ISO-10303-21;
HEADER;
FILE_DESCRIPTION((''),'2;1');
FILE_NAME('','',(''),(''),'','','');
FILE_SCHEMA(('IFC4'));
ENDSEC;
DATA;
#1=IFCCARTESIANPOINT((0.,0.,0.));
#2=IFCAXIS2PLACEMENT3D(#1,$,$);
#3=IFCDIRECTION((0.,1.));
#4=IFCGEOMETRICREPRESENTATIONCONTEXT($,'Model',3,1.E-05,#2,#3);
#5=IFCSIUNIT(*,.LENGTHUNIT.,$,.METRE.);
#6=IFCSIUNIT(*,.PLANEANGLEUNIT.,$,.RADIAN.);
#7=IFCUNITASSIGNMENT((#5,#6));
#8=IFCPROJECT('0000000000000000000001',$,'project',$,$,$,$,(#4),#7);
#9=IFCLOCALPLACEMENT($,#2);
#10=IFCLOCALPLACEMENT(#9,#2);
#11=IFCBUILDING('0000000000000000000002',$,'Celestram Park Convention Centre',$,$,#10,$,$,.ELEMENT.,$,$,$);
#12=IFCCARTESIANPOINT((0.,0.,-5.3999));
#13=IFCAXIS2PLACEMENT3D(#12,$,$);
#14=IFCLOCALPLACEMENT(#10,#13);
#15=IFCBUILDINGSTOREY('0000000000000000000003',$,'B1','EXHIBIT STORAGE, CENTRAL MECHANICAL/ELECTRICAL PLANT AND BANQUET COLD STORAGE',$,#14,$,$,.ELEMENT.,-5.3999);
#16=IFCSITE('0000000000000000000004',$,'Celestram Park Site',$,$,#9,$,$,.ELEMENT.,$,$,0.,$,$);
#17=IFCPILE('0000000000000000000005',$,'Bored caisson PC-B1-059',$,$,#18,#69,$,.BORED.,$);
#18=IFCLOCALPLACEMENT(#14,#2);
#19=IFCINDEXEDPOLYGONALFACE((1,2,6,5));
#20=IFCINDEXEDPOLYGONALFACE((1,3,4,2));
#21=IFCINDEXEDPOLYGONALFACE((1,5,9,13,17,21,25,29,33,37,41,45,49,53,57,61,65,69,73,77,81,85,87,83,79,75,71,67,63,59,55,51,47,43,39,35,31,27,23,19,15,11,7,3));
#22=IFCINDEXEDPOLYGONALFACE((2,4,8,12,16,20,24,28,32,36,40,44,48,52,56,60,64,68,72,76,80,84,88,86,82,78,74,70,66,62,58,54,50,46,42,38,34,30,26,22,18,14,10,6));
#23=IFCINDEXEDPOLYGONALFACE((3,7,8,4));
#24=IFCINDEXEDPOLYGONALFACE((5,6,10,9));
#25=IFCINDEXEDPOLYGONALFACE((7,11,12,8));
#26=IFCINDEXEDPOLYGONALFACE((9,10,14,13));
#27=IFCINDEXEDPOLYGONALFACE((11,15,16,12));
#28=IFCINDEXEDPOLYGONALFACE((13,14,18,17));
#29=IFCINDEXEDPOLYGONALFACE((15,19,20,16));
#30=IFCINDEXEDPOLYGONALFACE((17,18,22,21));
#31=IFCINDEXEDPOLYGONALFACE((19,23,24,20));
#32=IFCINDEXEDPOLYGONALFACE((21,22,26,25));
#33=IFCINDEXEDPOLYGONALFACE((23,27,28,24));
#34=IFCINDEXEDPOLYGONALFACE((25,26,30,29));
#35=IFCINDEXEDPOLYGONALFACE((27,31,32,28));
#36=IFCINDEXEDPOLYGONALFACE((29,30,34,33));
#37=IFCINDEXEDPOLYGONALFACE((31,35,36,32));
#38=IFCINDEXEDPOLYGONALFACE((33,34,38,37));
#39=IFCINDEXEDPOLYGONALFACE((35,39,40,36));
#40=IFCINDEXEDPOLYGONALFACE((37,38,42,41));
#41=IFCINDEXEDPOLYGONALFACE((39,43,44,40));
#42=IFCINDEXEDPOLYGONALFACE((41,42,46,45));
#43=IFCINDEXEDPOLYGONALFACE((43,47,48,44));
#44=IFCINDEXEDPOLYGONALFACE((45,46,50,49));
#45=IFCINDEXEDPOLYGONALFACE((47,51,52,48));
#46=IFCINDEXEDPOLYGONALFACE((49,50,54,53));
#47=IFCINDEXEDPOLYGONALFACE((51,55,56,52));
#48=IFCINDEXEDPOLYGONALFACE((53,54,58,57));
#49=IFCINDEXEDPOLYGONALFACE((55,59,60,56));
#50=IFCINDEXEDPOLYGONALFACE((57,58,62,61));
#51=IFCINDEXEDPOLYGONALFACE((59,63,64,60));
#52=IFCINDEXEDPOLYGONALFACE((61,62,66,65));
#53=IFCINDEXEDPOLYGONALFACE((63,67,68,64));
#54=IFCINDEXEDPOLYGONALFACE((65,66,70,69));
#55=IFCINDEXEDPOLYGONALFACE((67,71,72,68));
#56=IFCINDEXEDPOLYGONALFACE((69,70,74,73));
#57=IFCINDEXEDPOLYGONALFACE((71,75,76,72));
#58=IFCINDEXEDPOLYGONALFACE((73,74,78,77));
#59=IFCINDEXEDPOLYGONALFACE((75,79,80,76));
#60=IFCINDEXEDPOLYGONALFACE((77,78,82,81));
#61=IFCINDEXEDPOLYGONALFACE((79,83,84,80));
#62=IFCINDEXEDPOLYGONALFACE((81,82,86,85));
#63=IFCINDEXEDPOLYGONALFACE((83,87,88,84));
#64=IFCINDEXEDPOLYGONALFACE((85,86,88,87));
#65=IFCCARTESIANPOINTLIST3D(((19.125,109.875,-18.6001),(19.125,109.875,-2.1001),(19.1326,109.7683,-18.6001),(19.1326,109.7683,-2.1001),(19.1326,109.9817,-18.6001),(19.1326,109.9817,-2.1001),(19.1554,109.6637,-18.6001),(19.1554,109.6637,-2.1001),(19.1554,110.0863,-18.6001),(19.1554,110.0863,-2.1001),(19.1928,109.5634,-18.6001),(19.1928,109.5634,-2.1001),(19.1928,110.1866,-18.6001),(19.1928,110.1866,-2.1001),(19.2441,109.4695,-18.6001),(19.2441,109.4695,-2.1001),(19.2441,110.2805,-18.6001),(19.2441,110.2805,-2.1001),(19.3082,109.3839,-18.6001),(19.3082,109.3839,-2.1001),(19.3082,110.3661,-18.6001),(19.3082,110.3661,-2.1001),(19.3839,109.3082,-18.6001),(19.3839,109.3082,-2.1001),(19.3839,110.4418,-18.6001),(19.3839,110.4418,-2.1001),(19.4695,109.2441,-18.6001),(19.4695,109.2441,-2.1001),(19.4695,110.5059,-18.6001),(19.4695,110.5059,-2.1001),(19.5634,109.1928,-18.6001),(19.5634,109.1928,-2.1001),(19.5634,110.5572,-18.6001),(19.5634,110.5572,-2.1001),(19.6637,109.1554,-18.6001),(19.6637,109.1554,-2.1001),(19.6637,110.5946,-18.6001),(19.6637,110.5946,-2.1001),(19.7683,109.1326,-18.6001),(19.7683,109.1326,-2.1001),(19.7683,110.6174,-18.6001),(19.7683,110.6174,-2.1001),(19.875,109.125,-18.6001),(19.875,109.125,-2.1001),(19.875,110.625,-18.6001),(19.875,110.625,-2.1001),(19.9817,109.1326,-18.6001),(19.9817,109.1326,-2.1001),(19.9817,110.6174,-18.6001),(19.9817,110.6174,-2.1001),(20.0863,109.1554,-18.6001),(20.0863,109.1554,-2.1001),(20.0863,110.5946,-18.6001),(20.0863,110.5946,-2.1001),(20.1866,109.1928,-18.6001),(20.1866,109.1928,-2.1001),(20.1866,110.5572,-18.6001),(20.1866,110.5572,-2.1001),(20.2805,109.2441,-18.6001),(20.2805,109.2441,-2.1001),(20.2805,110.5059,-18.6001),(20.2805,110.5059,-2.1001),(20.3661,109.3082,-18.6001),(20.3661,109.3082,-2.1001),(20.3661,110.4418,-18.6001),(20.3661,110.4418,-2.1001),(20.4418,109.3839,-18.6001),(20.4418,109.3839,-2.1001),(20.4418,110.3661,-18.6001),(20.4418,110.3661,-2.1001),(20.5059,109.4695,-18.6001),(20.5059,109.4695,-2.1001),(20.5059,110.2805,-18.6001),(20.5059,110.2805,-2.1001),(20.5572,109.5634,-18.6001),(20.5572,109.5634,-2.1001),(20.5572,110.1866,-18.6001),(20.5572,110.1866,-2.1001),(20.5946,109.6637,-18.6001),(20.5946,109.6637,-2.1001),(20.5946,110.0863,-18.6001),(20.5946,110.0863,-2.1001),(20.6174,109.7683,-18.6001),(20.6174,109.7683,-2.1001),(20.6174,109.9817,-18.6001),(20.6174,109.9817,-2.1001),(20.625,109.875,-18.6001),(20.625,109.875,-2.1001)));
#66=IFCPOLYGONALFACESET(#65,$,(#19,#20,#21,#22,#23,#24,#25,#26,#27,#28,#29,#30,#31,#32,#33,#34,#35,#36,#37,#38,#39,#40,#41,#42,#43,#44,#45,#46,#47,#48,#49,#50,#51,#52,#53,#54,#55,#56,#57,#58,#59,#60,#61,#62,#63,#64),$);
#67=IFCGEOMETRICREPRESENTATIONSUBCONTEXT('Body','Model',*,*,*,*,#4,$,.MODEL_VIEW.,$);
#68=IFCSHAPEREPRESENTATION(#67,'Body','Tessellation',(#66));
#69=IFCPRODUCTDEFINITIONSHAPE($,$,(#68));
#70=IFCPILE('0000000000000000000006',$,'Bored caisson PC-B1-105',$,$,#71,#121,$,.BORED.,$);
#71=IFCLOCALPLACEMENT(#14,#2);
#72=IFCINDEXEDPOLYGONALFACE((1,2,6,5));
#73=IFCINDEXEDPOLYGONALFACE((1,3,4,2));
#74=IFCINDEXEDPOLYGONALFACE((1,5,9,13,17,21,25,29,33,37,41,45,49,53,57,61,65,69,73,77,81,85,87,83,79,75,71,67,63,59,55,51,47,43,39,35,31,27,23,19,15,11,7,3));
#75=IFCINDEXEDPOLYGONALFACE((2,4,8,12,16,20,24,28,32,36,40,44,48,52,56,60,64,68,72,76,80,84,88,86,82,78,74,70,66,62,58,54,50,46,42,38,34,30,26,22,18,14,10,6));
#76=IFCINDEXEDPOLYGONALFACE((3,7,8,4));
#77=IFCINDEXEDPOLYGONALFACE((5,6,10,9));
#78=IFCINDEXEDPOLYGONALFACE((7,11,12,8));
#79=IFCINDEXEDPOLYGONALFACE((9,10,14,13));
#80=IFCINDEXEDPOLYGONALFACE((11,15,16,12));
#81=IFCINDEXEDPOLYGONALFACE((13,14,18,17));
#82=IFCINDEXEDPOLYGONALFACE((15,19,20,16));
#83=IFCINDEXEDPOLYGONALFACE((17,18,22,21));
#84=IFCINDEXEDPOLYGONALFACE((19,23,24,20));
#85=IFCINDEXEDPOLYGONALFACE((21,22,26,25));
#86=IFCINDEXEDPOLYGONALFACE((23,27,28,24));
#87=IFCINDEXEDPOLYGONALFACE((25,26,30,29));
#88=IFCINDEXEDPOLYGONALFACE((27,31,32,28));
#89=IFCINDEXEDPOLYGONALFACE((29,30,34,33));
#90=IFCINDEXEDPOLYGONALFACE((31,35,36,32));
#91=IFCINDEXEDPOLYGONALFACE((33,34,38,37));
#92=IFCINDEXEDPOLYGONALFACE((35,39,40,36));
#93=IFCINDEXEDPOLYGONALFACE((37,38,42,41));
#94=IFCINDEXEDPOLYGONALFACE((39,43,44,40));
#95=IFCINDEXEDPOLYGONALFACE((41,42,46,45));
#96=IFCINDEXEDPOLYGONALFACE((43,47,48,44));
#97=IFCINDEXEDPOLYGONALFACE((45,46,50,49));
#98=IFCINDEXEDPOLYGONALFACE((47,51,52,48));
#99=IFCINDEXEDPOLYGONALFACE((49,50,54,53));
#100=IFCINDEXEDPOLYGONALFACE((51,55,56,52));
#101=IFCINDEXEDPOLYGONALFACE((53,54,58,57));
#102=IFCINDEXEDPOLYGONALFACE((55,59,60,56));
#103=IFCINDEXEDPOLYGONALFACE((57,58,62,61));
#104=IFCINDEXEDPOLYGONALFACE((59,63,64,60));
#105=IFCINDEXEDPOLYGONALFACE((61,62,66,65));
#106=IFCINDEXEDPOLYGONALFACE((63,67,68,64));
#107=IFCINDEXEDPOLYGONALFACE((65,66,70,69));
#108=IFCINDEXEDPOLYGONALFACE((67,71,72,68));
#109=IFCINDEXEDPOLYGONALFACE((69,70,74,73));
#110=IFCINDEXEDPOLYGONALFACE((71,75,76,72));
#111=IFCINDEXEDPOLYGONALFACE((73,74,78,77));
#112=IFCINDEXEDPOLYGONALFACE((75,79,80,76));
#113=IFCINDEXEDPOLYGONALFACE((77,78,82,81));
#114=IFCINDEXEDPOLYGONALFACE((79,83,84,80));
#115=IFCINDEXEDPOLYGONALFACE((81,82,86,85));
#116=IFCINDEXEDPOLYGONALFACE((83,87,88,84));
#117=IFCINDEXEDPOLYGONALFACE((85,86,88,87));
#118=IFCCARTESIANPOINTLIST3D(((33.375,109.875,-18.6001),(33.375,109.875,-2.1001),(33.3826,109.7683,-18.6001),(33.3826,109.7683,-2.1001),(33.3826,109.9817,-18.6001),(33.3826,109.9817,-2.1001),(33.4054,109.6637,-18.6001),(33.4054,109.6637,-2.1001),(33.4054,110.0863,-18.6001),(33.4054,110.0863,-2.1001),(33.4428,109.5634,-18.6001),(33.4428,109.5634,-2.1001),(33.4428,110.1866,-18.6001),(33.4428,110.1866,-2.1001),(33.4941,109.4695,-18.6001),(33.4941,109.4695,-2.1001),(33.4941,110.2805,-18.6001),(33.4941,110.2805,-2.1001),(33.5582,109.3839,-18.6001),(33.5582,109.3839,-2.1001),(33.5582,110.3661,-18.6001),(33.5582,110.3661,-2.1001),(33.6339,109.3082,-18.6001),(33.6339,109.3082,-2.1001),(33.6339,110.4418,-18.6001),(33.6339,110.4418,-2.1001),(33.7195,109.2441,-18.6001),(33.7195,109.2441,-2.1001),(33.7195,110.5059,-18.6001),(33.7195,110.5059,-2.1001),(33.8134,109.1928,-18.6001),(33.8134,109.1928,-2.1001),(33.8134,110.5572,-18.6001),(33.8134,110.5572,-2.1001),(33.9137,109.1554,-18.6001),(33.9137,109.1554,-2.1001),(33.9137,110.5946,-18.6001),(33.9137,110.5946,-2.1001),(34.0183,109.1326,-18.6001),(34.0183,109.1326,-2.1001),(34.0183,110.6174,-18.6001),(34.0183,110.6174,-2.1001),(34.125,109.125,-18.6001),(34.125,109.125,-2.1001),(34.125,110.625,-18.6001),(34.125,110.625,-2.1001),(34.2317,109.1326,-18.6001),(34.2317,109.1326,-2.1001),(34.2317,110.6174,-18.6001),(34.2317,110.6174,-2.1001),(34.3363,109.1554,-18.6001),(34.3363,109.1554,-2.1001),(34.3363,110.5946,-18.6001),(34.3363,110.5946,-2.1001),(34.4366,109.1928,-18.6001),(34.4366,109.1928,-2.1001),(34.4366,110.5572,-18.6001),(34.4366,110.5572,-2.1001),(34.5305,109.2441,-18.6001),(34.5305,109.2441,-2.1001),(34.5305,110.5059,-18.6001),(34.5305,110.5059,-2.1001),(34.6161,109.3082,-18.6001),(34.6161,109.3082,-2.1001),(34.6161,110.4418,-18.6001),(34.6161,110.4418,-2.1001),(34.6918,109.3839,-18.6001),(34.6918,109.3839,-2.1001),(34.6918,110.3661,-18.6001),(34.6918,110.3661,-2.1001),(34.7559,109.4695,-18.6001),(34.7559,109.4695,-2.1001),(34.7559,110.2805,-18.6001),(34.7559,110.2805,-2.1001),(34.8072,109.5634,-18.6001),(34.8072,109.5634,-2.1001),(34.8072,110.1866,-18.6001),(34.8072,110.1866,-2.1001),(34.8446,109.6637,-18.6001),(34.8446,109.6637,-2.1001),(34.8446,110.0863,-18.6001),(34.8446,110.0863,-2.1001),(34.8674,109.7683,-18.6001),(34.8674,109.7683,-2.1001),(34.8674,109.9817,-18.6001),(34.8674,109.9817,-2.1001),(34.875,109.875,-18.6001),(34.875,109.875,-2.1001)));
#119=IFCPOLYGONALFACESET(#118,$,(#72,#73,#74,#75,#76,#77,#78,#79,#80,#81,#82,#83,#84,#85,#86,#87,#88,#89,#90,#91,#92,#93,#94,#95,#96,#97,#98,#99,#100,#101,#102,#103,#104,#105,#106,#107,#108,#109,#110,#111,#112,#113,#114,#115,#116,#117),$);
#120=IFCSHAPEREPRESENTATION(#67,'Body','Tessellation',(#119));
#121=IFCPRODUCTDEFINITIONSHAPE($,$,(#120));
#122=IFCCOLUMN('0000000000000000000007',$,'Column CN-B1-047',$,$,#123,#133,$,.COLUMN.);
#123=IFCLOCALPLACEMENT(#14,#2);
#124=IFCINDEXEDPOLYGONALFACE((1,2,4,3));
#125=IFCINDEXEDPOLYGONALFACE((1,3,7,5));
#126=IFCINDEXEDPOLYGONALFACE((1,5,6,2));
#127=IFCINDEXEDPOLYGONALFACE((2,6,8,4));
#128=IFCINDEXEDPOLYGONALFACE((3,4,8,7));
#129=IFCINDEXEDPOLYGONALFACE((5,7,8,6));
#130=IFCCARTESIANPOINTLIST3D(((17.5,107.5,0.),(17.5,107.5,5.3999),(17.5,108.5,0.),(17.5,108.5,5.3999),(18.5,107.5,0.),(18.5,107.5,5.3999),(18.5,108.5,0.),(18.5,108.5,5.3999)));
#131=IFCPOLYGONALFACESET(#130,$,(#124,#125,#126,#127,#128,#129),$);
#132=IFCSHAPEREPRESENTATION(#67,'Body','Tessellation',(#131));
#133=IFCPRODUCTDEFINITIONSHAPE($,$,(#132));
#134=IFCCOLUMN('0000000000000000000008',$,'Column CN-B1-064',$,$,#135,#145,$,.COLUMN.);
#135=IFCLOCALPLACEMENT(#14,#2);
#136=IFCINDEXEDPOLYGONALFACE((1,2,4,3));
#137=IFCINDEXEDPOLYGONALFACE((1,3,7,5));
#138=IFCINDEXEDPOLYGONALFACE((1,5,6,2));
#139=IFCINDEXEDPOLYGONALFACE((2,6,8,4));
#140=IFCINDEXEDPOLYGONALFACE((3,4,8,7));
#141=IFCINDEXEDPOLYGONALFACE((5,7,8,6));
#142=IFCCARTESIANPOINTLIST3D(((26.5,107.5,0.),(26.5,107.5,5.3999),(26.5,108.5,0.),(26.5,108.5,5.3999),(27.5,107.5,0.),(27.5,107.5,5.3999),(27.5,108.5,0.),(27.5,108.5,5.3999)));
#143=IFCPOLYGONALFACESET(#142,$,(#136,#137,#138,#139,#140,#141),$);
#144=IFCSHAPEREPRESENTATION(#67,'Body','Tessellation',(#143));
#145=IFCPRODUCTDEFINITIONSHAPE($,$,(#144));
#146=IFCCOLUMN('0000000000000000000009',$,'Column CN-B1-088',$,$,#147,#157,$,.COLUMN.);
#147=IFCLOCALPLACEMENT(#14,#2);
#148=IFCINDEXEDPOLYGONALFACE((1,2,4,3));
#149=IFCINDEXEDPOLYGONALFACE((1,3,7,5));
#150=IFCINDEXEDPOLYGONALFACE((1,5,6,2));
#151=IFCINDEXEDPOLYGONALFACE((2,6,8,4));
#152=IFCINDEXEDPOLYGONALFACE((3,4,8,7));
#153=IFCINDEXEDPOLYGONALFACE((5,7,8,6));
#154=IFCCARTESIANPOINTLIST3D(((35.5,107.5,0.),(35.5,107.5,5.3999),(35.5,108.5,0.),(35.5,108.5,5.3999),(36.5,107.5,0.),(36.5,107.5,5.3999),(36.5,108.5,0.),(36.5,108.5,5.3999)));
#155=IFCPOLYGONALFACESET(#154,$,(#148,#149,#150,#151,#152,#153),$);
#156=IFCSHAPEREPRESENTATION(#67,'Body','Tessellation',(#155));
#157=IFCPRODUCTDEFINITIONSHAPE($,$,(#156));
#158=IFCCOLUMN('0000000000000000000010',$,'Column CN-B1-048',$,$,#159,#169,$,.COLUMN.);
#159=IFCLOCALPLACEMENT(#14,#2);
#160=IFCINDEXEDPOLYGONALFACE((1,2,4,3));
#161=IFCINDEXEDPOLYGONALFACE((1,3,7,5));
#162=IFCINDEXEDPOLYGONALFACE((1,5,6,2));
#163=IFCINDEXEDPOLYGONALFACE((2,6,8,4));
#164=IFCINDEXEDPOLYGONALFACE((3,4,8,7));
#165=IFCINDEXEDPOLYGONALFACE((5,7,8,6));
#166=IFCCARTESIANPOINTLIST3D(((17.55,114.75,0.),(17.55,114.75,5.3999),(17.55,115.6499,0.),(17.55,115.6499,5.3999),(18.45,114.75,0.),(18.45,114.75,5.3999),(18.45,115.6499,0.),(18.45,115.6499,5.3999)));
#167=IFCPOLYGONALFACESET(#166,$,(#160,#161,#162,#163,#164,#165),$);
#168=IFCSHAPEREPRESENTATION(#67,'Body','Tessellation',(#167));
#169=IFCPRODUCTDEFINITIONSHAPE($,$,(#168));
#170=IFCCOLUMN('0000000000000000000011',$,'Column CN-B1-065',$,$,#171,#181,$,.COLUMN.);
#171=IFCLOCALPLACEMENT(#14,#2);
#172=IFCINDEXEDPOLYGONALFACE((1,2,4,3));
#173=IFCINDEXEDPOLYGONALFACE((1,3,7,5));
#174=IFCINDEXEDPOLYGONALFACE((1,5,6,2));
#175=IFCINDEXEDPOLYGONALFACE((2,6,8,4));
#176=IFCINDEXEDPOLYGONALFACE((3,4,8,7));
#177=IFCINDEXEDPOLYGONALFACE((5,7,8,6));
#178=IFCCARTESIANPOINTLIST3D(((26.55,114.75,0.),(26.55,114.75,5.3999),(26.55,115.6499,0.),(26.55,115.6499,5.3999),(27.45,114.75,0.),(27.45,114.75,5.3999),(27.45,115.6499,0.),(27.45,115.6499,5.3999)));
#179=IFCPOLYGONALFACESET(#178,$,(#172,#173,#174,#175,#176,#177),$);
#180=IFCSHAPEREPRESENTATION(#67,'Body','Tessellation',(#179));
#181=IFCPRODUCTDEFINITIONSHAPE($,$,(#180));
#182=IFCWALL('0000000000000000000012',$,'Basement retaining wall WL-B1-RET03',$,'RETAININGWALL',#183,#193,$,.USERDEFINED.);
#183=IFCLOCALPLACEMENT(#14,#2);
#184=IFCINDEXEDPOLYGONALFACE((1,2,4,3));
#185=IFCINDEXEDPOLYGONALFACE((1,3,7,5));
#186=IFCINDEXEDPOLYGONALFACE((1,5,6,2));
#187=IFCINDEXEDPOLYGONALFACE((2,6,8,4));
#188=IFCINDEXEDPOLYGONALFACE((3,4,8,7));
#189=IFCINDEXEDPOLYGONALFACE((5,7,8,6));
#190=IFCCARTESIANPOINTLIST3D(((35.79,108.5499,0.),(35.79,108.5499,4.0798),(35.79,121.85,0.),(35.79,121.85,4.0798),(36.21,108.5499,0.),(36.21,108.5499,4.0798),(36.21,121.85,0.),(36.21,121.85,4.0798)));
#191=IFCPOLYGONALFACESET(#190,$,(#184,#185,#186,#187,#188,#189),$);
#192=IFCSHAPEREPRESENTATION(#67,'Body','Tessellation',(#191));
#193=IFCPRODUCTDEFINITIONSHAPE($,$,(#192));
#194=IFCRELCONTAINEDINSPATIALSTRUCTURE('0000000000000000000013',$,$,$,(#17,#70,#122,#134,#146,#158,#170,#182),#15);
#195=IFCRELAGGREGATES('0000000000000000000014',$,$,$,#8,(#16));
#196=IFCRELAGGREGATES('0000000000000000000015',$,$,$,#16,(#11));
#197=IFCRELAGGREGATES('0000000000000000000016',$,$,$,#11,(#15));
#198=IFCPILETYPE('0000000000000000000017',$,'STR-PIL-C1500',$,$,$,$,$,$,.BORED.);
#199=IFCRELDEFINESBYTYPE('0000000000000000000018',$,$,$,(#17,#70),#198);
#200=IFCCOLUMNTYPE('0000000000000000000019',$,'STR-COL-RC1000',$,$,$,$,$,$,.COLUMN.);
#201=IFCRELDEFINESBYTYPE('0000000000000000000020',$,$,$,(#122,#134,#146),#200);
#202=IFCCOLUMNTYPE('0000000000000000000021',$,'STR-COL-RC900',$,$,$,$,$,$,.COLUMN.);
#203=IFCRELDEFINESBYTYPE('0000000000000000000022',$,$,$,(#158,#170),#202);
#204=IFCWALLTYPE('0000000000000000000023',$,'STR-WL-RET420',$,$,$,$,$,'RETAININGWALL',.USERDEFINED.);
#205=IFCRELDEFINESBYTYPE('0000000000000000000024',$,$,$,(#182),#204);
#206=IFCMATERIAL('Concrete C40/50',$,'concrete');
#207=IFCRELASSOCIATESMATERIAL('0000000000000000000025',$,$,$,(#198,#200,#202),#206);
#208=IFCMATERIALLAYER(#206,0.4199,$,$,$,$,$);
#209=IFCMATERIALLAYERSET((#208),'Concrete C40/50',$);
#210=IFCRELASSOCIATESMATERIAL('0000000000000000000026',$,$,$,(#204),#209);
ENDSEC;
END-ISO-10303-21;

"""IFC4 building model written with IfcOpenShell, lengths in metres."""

from ifc_helpers import new_model, si_unit, direction, frame, frame_2d, origin, origin_2d, place, context, subcontext, project, spatial, rectangle, circle, extrude, material, layer, layer_set, material_profile, profile_set, type_object, element, save


model = new_model("IFC4")

# Units and contexts
model_context = context("Model", 3, precision=1e-05, world=origin(), true_north=direction((0.0, 1.0)))
body_context = subcontext(model_context, "Body", "Model", "MODEL_VIEW")
ifc_project = project(units=[si_unit("LENGTHUNIT", "METRE"), si_unit("PLANEANGLEUNIT", "RADIAN")], contexts=[model_context])

# Site, building, storey
site_placement = place(None, origin())
site = spatial("IfcSite", under=ifc_project, at=site_placement, Name="Celestram Park Site", CompositionType="ELEMENT", RefElevation=0.0)
building_placement = place(site_placement, origin())
building = spatial("IfcBuilding", under=site, at=building_placement, Name="Celestram Park Convention Centre", CompositionType="ELEMENT")
storey_placement = place(building_placement, frame((0.0, 0.0, -5.3999)))
storey = spatial("IfcBuildingStorey", under=building, at=storey_placement, Name="B1", Description="EXHIBIT STORAGE, CENTRAL MECHANICAL/ELECTRICAL PLANT AND BANQUET COLD STORAGE", CompositionType="ELEMENT", Elevation=-5.3999)

# Shared definitions
ifc_material_1 = material(Name="Concrete C40/50", Category="concrete")

# Piles
ifc_material_profile_1 = material_profile(ifc_material_1, circle(Radius=0.75, at=origin_2d()), Name="CAISSON1500")
ifc_profile_set_1 = profile_set([ifc_material_profile_1], Name="Concrete C40/50")
pile_type_1 = type_object("IfcPileType", Name="STR-PIL-C1500", PredefinedType="BORED", material=ifc_profile_set_1)
for number, where, z_axis, x_axis, name in (
    (1, (19.875, 109.875, -2.1001), (0.0, 0.0, -1.0), (1.0, 0.0, 0.0), "Bored caisson PC-B1-059"),
    (2, (34.125, 109.875, -2.1001), (0.0, 0.0, -1.0), (1.0, 0.0, 0.0), "Bored caisson PC-B1-105"),
):
    element("IfcPile", number, at=place(storey_placement, frame(where, z_axis=z_axis, x_axis=x_axis)), inside=storey, type_object=pile_type_1, Name=name, PredefinedType="BORED", context=body_context, shape_type="SweptSolid", body=[
        extrude(circle(Radius=0.75, at=origin_2d()), origin(), (0.0, 0.0, 1.0), 16.5),
    ])

# Columns
ifc_material_profile_2 = material_profile(ifc_material_1, rectangle(XDim=1.0, YDim=1.0, at=origin_2d()), Name="RC1000X1000")
ifc_profile_set_2 = profile_set([ifc_material_profile_2], Name="Concrete C40/50")
column_type_1 = type_object("IfcColumnType", Name="STR-COL-RC1000", PredefinedType="COLUMN", material=ifc_profile_set_2)
for number, where, z_axis, x_axis, name in (
    (3, (18.0, 108.0, 0.0), (0.0, 0.0, 1.0), (1.0, 0.0, 0.0), "Column CN-B1-047"),
    (4, (27.0, 108.0, 0.0), (0.0, 0.0, 1.0), (1.0, 0.0, 0.0), "Column CN-B1-064"),
    (5, (36.0, 108.0, 0.0), (0.0, 0.0, 1.0), (1.0, 0.0, 0.0), "Column CN-B1-088"),
):
    element("IfcColumn", number, at=place(storey_placement, frame(where, z_axis=z_axis, x_axis=x_axis)), inside=storey, type_object=column_type_1, Name=name, PredefinedType="COLUMN", context=body_context, shape_type="SweptSolid", body=[
        extrude(rectangle(XDim=1.0, YDim=1.0, at=origin_2d()), origin(), (0.0, 0.0, 1.0), 5.3999),
    ])
ifc_material_profile_3 = material_profile(ifc_material_1, rectangle(XDim=0.8999, YDim=0.8999, at=origin_2d()), Name="RC900X900")
ifc_profile_set_3 = profile_set([ifc_material_profile_3], Name="Concrete C40/50")
column_type_2 = type_object("IfcColumnType", Name="STR-COL-RC900", PredefinedType="COLUMN", material=ifc_profile_set_3)
for number, where, z_axis, x_axis, name in (
    (6, (18.0, 115.2, 0.0), (0.0, 0.0, 1.0), (1.0, 0.0, 0.0), "Column CN-B1-048"),
    (7, (27.0, 115.2, 0.0), (0.0, 0.0, 1.0), (1.0, 0.0, 0.0), "Column CN-B1-065"),
):
    element("IfcColumn", number, at=place(storey_placement, frame(where, z_axis=z_axis, x_axis=x_axis)), inside=storey, type_object=column_type_2, Name=name, PredefinedType="COLUMN", context=body_context, shape_type="SweptSolid", body=[
        extrude(rectangle(XDim=0.8999, YDim=0.8999, at=origin_2d()), origin(), (0.0, 0.0, 1.0), 5.3999),
    ])

# Wall
ifc_layer = layer(ifc_material_1, 0.4199)
ifc_layer_set = layer_set([ifc_layer], Name="Concrete C40/50")
wall_type = type_object("IfcWallType", Name="STR-WL-RET420", ElementType="RETAININGWALL", PredefinedType="USERDEFINED", material=ifc_layer_set)
wall_placement = place(storey_placement, frame((36.0, 108.55, 0.0), z_axis=(0.0, 0.0, 1.0), x_axis=(0.0, 1.0, 0.0)))
element("IfcWall", 8, at=wall_placement, inside=storey, type_object=wall_type, Name="Basement retaining wall WL-B1-RET03", ObjectType="RETAININGWALL", PredefinedType="USERDEFINED", context=body_context, shape_type="SweptSolid", body=[
    extrude(rectangle(XDim=13.3, YDim=0.4199, at=frame_2d((6.6499, 0.0))), origin(), (0.0, 0.0, 1.0), 4.0798),
])

save(model, "model.ifc")
